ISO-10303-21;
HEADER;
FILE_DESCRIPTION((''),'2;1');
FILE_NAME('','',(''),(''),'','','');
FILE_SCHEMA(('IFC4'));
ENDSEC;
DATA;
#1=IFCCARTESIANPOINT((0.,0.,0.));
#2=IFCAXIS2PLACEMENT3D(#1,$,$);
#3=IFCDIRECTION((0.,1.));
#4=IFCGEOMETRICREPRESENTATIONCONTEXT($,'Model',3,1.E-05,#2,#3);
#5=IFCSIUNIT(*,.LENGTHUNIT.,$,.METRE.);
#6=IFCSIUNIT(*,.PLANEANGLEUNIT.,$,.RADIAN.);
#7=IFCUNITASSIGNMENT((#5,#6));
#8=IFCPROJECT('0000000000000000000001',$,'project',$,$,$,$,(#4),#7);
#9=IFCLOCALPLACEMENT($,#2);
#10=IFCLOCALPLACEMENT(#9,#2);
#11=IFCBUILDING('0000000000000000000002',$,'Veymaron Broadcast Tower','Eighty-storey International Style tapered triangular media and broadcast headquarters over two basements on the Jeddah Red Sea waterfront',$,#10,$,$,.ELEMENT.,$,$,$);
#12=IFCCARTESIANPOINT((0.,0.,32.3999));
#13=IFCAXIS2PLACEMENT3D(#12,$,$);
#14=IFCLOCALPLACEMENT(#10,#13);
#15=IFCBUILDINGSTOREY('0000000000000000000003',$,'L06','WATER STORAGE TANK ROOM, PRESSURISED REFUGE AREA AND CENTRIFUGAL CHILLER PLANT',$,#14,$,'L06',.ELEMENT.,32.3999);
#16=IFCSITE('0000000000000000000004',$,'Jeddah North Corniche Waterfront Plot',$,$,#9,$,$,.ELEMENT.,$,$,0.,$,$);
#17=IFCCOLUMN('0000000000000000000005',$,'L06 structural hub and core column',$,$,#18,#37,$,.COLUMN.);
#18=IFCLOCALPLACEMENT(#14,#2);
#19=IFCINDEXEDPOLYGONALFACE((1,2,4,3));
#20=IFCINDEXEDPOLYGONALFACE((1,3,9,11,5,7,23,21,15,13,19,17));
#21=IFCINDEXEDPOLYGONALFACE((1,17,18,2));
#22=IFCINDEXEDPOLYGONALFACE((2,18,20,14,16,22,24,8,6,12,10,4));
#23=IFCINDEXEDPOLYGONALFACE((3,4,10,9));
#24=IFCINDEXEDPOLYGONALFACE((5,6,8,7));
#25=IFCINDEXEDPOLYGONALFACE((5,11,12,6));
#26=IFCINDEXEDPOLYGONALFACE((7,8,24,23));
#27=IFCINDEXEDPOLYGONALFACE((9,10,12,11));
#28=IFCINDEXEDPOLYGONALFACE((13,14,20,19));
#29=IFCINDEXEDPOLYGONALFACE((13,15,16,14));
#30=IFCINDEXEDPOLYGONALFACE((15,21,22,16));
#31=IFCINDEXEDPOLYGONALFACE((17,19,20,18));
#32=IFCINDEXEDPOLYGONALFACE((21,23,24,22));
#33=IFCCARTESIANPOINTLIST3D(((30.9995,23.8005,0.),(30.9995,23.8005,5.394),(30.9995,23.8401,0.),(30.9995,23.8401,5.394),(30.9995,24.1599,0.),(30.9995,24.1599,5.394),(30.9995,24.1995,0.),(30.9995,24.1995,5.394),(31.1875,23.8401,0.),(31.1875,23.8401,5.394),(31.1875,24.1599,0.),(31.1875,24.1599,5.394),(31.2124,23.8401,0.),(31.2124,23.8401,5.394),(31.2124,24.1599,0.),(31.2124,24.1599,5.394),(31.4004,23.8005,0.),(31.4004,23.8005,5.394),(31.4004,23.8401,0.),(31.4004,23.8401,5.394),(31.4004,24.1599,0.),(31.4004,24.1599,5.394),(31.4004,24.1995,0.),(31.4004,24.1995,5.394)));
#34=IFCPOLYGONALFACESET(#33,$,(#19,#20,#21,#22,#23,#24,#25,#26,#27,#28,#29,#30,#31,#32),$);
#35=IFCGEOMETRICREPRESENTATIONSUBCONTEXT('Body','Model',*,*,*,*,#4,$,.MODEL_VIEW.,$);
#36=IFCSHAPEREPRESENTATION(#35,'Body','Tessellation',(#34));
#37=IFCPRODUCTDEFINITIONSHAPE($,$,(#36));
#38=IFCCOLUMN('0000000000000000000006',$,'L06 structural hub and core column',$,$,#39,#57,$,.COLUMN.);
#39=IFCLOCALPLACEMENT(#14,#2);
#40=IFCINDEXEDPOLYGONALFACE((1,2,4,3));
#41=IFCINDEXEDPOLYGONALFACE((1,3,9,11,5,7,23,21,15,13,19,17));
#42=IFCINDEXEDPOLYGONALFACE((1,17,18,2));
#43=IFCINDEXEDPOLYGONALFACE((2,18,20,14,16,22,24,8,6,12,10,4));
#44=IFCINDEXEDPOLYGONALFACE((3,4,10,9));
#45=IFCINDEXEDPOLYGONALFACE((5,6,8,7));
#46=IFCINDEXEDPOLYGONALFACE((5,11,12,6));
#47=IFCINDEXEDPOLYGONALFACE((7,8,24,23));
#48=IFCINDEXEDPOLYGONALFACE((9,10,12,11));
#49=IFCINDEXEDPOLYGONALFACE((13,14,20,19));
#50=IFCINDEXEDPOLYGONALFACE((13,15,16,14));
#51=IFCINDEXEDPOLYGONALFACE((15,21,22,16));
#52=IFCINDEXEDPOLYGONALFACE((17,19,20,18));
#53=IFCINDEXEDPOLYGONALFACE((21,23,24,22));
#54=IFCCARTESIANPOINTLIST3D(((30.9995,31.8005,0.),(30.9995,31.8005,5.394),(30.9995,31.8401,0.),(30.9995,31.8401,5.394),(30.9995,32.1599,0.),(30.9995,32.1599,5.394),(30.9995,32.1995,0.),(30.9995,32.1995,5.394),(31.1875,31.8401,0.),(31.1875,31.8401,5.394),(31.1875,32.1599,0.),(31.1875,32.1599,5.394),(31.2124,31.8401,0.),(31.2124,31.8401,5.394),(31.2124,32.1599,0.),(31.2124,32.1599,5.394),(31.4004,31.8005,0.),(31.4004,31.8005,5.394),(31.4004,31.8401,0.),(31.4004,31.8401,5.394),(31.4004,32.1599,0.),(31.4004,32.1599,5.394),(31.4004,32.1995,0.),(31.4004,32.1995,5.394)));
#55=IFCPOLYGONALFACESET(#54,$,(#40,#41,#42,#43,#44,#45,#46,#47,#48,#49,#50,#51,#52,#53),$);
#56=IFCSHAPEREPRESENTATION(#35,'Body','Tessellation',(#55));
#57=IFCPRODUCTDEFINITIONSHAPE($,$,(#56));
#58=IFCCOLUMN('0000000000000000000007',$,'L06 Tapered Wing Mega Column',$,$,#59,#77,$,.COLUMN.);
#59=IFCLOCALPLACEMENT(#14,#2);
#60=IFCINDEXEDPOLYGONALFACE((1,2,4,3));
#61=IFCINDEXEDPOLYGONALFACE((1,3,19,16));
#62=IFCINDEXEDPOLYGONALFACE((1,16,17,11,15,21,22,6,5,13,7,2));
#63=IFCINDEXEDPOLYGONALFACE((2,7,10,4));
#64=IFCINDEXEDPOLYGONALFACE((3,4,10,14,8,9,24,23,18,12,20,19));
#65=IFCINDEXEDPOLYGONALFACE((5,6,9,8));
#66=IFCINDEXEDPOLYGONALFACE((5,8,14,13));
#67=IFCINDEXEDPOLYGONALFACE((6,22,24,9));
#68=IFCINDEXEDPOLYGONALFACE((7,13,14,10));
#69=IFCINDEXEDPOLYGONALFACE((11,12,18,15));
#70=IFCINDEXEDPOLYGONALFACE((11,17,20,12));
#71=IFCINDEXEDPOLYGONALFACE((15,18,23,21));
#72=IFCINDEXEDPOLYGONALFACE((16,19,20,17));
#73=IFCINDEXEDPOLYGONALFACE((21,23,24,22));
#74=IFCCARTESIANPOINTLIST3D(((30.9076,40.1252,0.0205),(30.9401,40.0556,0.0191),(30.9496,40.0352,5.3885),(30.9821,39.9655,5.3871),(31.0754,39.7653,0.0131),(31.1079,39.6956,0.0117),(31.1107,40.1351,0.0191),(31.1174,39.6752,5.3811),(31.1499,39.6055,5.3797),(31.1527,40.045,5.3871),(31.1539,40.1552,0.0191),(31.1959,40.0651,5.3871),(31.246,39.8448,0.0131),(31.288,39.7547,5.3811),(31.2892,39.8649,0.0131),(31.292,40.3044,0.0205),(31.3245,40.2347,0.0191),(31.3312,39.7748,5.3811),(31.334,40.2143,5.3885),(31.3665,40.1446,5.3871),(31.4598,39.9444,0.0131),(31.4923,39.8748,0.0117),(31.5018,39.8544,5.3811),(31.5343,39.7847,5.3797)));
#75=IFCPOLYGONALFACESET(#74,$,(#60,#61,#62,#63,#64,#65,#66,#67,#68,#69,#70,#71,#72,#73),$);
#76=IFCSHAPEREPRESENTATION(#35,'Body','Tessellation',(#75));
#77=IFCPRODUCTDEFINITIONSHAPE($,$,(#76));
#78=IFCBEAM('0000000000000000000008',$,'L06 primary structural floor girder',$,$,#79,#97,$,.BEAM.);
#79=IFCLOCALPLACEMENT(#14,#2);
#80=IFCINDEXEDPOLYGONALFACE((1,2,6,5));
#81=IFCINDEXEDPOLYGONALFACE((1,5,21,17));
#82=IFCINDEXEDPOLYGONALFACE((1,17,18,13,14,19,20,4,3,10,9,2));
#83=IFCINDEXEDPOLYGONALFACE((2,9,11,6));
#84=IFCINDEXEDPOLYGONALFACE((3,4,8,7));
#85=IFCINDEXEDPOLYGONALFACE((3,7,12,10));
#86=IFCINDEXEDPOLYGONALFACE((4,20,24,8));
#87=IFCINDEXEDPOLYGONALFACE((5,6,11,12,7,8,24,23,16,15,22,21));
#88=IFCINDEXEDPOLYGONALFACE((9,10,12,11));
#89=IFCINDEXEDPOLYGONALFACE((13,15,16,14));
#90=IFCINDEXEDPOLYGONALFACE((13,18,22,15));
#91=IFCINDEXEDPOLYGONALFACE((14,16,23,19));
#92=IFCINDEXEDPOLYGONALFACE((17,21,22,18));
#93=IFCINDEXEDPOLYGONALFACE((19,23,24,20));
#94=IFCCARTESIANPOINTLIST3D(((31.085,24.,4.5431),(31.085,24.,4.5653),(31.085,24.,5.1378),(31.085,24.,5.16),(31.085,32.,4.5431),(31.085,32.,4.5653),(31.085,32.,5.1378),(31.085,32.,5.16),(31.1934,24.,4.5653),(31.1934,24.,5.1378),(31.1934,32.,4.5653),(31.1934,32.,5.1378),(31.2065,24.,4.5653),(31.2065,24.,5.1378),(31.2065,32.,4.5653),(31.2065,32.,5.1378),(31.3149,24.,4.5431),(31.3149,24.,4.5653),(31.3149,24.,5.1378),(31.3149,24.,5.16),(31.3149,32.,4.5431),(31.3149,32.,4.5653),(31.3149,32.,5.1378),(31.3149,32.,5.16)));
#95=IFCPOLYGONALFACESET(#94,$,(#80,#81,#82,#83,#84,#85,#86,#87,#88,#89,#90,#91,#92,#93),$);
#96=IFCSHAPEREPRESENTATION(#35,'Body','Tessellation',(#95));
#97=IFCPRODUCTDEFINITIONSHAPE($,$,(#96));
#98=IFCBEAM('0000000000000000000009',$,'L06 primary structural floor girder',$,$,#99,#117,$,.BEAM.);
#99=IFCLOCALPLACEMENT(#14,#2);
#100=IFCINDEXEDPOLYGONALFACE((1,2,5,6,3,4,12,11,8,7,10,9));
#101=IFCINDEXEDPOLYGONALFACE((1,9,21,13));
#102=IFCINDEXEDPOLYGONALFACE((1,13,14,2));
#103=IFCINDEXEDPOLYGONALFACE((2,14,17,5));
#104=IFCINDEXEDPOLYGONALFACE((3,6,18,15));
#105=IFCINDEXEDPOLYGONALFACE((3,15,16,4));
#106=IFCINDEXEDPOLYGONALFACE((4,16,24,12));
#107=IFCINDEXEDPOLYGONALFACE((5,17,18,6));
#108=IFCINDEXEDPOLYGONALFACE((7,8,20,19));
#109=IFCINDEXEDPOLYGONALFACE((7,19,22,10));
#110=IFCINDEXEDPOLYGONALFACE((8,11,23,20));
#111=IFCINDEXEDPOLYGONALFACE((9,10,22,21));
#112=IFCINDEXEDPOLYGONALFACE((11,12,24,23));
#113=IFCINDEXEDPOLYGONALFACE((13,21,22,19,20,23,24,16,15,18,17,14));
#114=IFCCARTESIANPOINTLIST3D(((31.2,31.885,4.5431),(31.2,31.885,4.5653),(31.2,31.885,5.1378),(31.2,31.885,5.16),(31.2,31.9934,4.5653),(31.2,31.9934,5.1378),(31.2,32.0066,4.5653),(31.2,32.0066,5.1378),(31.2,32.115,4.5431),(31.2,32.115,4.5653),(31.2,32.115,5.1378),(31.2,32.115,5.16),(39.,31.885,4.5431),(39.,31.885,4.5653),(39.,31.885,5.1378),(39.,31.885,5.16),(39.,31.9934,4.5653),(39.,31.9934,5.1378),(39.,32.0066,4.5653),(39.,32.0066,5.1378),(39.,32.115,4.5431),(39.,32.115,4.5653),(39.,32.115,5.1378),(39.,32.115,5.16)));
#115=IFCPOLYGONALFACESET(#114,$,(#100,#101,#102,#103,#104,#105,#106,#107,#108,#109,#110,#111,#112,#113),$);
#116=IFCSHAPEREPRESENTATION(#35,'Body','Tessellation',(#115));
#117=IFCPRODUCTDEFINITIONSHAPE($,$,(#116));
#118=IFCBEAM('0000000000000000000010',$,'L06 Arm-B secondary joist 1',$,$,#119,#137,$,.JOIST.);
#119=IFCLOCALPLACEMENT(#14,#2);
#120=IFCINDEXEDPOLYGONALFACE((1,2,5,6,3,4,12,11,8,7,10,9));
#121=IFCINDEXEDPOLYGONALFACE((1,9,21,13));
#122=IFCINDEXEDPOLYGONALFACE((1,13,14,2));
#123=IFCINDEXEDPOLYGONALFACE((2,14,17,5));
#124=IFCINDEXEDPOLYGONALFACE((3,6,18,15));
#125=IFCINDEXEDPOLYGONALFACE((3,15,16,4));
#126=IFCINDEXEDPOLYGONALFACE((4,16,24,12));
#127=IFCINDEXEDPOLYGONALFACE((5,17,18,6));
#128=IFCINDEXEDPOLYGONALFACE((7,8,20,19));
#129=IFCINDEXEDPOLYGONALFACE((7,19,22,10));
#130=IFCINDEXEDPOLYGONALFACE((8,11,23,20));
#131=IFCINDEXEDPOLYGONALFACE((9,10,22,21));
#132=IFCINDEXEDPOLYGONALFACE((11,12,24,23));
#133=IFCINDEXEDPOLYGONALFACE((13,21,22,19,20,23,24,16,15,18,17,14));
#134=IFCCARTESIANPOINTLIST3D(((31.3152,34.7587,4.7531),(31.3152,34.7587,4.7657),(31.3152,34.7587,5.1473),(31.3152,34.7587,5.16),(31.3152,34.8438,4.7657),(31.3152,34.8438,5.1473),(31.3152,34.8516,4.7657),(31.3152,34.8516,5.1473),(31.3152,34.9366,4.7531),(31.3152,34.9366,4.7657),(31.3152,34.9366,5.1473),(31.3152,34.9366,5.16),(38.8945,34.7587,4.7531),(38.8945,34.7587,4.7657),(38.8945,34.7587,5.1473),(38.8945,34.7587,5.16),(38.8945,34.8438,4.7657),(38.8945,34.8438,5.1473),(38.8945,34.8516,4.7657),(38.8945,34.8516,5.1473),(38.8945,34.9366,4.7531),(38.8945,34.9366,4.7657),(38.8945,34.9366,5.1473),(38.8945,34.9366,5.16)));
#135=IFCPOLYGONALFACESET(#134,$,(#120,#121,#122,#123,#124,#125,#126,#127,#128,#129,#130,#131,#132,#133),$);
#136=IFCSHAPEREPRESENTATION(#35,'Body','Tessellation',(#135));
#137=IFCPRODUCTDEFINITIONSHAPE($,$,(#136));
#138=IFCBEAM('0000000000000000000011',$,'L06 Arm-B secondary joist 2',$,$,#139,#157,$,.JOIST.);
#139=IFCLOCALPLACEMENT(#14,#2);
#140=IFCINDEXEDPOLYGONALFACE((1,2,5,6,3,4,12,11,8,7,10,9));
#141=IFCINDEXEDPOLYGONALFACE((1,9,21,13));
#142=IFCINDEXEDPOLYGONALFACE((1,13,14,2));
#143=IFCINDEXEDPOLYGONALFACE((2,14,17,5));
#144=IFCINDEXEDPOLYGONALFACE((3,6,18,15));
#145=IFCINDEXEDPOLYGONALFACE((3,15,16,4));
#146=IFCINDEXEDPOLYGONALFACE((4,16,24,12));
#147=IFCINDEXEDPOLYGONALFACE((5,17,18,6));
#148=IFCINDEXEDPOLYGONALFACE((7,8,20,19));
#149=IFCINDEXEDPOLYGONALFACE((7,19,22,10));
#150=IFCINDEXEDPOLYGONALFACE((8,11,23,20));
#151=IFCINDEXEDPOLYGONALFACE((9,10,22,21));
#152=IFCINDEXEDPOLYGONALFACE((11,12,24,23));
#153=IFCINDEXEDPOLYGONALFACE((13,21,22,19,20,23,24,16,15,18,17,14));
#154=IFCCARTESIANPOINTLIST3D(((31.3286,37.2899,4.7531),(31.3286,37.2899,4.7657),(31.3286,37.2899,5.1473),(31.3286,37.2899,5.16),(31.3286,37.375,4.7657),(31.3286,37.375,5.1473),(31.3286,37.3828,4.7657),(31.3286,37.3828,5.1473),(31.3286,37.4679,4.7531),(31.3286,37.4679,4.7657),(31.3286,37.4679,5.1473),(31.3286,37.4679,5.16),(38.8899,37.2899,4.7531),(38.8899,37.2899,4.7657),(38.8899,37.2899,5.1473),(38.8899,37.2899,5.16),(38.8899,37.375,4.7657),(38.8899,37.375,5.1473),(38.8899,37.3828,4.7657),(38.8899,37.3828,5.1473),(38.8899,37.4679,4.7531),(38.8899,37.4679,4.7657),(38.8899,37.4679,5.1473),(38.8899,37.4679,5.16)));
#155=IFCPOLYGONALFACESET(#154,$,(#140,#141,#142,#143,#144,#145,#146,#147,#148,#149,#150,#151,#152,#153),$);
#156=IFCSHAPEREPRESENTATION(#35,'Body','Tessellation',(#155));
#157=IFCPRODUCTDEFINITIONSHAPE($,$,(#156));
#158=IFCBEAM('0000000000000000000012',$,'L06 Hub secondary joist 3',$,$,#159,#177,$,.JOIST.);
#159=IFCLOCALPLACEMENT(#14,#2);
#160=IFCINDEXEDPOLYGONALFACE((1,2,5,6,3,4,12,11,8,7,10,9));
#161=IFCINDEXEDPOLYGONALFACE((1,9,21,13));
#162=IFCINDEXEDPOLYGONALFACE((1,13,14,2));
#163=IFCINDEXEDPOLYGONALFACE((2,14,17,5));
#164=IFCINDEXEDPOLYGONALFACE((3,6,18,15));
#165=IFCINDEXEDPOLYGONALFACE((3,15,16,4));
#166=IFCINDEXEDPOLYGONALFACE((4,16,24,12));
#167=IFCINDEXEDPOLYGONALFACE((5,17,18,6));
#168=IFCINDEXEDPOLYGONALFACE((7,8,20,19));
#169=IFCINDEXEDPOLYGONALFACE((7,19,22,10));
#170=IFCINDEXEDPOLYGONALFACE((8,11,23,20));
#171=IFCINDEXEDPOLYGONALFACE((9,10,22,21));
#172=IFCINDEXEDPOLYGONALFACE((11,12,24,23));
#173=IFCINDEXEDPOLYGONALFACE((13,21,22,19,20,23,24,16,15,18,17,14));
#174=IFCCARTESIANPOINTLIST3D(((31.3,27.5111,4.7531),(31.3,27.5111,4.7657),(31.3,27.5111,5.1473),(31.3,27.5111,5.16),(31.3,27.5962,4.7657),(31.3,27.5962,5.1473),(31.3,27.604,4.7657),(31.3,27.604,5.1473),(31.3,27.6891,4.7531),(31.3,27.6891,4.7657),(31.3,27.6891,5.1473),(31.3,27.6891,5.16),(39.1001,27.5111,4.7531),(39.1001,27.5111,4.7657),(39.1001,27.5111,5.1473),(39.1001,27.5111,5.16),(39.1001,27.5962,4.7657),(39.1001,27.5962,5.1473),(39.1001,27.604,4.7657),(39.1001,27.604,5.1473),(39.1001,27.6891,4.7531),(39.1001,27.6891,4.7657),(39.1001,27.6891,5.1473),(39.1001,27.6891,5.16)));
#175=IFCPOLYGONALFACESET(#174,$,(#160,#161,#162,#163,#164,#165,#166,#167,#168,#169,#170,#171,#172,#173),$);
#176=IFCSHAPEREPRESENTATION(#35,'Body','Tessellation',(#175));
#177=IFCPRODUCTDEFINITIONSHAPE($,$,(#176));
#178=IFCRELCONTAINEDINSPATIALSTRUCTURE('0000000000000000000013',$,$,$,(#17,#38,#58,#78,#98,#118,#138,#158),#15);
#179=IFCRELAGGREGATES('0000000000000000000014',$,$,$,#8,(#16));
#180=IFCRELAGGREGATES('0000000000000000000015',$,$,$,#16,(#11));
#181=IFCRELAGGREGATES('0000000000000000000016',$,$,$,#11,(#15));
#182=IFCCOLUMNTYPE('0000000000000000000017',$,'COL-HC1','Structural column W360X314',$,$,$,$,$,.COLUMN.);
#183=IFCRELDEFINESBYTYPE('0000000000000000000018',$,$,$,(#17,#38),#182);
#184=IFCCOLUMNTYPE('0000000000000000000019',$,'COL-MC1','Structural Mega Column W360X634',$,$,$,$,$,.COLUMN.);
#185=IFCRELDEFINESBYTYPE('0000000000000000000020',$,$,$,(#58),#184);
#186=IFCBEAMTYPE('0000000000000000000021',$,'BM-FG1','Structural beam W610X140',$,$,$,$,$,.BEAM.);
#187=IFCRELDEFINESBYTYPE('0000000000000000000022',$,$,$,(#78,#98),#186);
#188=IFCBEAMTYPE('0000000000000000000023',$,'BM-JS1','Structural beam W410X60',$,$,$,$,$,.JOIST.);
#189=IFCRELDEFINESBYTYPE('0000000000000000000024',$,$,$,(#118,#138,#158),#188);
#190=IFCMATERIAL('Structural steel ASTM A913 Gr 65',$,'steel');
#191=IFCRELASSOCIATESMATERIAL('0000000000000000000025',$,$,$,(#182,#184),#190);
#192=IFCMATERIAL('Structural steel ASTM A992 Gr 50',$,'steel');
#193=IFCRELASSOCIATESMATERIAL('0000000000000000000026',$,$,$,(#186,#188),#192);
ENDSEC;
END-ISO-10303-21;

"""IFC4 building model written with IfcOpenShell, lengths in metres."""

from ifc_helpers import new_model, si_unit, direction, frame, origin, origin_2d, place, context, subcontext, project, spatial, i_section, extrude, material, material_profile, profile_set, type_object, element, save


model = new_model("IFC4")

# Units and contexts
model_context = context("Model", 3, precision=1e-05, world=origin(), true_north=direction((0.0, 1.0)))
body_context = subcontext(model_context, "Body", "Model", "MODEL_VIEW")
ifc_project = project(units=[si_unit("LENGTHUNIT", "METRE"), si_unit("PLANEANGLEUNIT", "RADIAN")], contexts=[model_context])

# Site, building, storey
site_placement = place(None, origin())
site = spatial("IfcSite", under=ifc_project, at=site_placement, Name="Jeddah North Corniche Waterfront Plot", CompositionType="ELEMENT", RefElevation=0.0)
building_placement = place(site_placement, origin())
building = spatial("IfcBuilding", under=site, at=building_placement, Name="Veymaron Broadcast Tower", Description="Eighty-storey International Style tapered triangular media and broadcast headquarters over two basements on the Jeddah Red Sea waterfront", CompositionType="ELEMENT")
storey_placement = place(building_placement, frame((0.0, 0.0, 32.3999)))
storey = spatial("IfcBuildingStorey", under=building, at=storey_placement, Name="L06", Description="WATER STORAGE TANK ROOM, PRESSURISED REFUGE AREA AND CENTRIFUGAL CHILLER PLANT", LongName="L06", CompositionType="ELEMENT", Elevation=32.3999)

# Columns
ifc_material_1 = material(Name="Structural steel ASTM A913 Gr 65", Category="steel")
ifc_material_profile_1 = material_profile(ifc_material_1, i_section(OverallWidth=0.4009, OverallDepth=0.3989, WebThickness=0.0249, FlangeThickness=0.0396, at=origin_2d()), Name="W360X314")
ifc_profile_set_1 = profile_set([ifc_material_profile_1], Name="Structural steel ASTM A913 Gr 65")
column_type_1 = type_object("IfcColumnType", Name="COL-HC1", Description="Structural column W360X314", PredefinedType="COLUMN", material=ifc_profile_set_1)
for number, where, z_axis, x_axis, name in (
    (1, (31.2, 24.0, 0.0), (0.0, 0.0, 1.0), (1.0, 0.0, 0.0), "L06 structural hub and core column"),
    (2, (31.2, 32.0, 0.0), (0.0, 0.0, 1.0), (1.0, 0.0, 0.0), "L06 structural hub and core column"),
):
    element("IfcColumn", number, at=place(storey_placement, frame(where, z_axis=z_axis, x_axis=x_axis)), inside=storey, type_object=column_type_1, Name=name, PredefinedType="COLUMN", context=body_context, shape_type="SweptSolid", body=[
        extrude(i_section(OverallWidth=0.4009, OverallDepth=0.3989, WebThickness=0.0249, FlangeThickness=0.0396, at=origin_2d()), origin(), (0.0, 0.0, 1.0), 5.394),
    ])
ifc_material_profile_2 = material_profile(ifc_material_1, i_section(OverallWidth=0.4241, OverallDepth=0.4741, WebThickness=0.0476, FlangeThickness=0.0769, at=origin_2d()), Name="W360X634")
ifc_profile_set_2 = profile_set([ifc_material_profile_2], Name="Structural steel ASTM A913 Gr 65")
column_type_2 = type_object("IfcColumnType", Name="COL-MC1", Description="Structural Mega Column W360X634", PredefinedType="COLUMN", material=ifc_profile_set_2)
column_placement = place(storey_placement, frame((31.2, 40.0, 0.0161), z_axis=(0.007821, -0.01678, 0.999829), x_axis=(0.906371, 0.422482, 0.0)))
element("IfcColumn", 3, at=column_placement, inside=storey, type_object=column_type_2, Name="L06 Tapered Wing Mega Column", PredefinedType="COLUMN", context=body_context, shape_type="SweptSolid", body=[
    extrude(i_section(OverallWidth=0.4241, OverallDepth=0.4741, WebThickness=0.0476, FlangeThickness=0.0769, at=origin_2d()), origin(), (0.0, 0.0, 1.0), 5.3689),
])

# Beams
ifc_material_2 = material(Name="Structural steel ASTM A992 Gr 50", Category="steel")
ifc_material_profile_3 = material_profile(ifc_material_2, i_section(OverallWidth=0.23, OverallDepth=0.6169, WebThickness=0.0132, FlangeThickness=0.0222, at=origin_2d()), Name="W610X140")
ifc_profile_set_3 = profile_set([ifc_material_profile_3], Name="Structural steel ASTM A992 Gr 50")
beam_type_1 = type_object("IfcBeamType", Name="BM-FG1", Description="Structural beam W610X140", PredefinedType="BEAM", material=ifc_profile_set_3)
beam_1_placement = place(storey_placement, frame((31.2, 24.0, 4.8516), z_axis=(0.0, 1.0, 0.0), x_axis=(-1.0, 0.0, 0.0)))
element("IfcBeam", 4, at=beam_1_placement, inside=storey, type_object=beam_type_1, Name="L06 primary structural floor girder", PredefinedType="BEAM", context=body_context, shape_type="SweptSolid", body=[
    extrude(i_section(OverallWidth=0.23, OverallDepth=0.6169, WebThickness=0.0132, FlangeThickness=0.0222, at=origin_2d()), origin(), (0.0, 0.0, 1.0), 8.0),
])
beam_2_placement = place(storey_placement, frame((31.2, 32.0, 4.8516), z_axis=(1.0, 0.0, 0.0), x_axis=(0.0, 1.0, 0.0)))
element("IfcBeam", 5, at=beam_2_placement, inside=storey, type_object=beam_type_1, Name="L06 primary structural floor girder", PredefinedType="BEAM", context=body_context, shape_type="SweptSolid", body=[
    extrude(i_section(OverallWidth=0.23, OverallDepth=0.6169, WebThickness=0.0132, FlangeThickness=0.0222, at=origin_2d()), origin(), (0.0, 0.0, 1.0), 7.8),
])
ifc_material_profile_4 = material_profile(ifc_material_2, i_section(OverallWidth=0.178, OverallDepth=0.407, WebThickness=0.0078, FlangeThickness=0.0127, at=origin_2d()), Name="W410X60")
ifc_profile_set_4 = profile_set([ifc_material_profile_4], Name="Structural steel ASTM A992 Gr 50")
beam_type_2 = type_object("IfcBeamType", Name="BM-JS1", Description="Structural beam W410X60", PredefinedType="JOIST", material=ifc_profile_set_4)
beam_3_placement = place(storey_placement, frame((31.3152, 34.8477, 4.9565), z_axis=(1.0, 0.0, 0.0), x_axis=(0.0, 1.0, 0.0)))
element("IfcBeam", 6, at=beam_3_placement, inside=storey, type_object=beam_type_2, Name="L06 Arm-B secondary joist 1", PredefinedType="JOIST", context=body_context, shape_type="SweptSolid", body=[
    extrude(i_section(OverallWidth=0.178, OverallDepth=0.407, WebThickness=0.0078, FlangeThickness=0.0127, at=origin_2d()), origin(), (0.0, 0.0, 1.0), 7.5793),
])
beam_4_placement = place(storey_placement, frame((31.3286, 37.3789, 4.9565), z_axis=(1.0, 0.0, 0.0), x_axis=(0.0, 1.0, 0.0)))
element("IfcBeam", 7, at=beam_4_placement, inside=storey, type_object=beam_type_2, Name="L06 Arm-B secondary joist 2", PredefinedType="JOIST", context=body_context, shape_type="SweptSolid", body=[
    extrude(i_section(OverallWidth=0.178, OverallDepth=0.407, WebThickness=0.0078, FlangeThickness=0.0127, at=origin_2d()), origin(), (0.0, 0.0, 1.0), 7.5613),
])
for number, where, z_axis, x_axis, name in (
    (8, (31.3, 27.6001, 4.9565), (1.0, 0.0, 0.0), (0.0, 1.0, 0.0), "L06 Hub secondary joist 3"),
):
    element("IfcBeam", number, at=place(storey_placement, frame(where, z_axis=z_axis, x_axis=x_axis)), inside=storey, type_object=beam_type_2, Name=name, PredefinedType="JOIST", context=body_context, shape_type="SweptSolid", body=[
        extrude(i_section(OverallWidth=0.178, OverallDepth=0.407, WebThickness=0.0078, FlangeThickness=0.0127, at=origin_2d()), origin(), (0.0, 0.0, 1.0), 7.8),
    ])

save(model, "model.ifc")
